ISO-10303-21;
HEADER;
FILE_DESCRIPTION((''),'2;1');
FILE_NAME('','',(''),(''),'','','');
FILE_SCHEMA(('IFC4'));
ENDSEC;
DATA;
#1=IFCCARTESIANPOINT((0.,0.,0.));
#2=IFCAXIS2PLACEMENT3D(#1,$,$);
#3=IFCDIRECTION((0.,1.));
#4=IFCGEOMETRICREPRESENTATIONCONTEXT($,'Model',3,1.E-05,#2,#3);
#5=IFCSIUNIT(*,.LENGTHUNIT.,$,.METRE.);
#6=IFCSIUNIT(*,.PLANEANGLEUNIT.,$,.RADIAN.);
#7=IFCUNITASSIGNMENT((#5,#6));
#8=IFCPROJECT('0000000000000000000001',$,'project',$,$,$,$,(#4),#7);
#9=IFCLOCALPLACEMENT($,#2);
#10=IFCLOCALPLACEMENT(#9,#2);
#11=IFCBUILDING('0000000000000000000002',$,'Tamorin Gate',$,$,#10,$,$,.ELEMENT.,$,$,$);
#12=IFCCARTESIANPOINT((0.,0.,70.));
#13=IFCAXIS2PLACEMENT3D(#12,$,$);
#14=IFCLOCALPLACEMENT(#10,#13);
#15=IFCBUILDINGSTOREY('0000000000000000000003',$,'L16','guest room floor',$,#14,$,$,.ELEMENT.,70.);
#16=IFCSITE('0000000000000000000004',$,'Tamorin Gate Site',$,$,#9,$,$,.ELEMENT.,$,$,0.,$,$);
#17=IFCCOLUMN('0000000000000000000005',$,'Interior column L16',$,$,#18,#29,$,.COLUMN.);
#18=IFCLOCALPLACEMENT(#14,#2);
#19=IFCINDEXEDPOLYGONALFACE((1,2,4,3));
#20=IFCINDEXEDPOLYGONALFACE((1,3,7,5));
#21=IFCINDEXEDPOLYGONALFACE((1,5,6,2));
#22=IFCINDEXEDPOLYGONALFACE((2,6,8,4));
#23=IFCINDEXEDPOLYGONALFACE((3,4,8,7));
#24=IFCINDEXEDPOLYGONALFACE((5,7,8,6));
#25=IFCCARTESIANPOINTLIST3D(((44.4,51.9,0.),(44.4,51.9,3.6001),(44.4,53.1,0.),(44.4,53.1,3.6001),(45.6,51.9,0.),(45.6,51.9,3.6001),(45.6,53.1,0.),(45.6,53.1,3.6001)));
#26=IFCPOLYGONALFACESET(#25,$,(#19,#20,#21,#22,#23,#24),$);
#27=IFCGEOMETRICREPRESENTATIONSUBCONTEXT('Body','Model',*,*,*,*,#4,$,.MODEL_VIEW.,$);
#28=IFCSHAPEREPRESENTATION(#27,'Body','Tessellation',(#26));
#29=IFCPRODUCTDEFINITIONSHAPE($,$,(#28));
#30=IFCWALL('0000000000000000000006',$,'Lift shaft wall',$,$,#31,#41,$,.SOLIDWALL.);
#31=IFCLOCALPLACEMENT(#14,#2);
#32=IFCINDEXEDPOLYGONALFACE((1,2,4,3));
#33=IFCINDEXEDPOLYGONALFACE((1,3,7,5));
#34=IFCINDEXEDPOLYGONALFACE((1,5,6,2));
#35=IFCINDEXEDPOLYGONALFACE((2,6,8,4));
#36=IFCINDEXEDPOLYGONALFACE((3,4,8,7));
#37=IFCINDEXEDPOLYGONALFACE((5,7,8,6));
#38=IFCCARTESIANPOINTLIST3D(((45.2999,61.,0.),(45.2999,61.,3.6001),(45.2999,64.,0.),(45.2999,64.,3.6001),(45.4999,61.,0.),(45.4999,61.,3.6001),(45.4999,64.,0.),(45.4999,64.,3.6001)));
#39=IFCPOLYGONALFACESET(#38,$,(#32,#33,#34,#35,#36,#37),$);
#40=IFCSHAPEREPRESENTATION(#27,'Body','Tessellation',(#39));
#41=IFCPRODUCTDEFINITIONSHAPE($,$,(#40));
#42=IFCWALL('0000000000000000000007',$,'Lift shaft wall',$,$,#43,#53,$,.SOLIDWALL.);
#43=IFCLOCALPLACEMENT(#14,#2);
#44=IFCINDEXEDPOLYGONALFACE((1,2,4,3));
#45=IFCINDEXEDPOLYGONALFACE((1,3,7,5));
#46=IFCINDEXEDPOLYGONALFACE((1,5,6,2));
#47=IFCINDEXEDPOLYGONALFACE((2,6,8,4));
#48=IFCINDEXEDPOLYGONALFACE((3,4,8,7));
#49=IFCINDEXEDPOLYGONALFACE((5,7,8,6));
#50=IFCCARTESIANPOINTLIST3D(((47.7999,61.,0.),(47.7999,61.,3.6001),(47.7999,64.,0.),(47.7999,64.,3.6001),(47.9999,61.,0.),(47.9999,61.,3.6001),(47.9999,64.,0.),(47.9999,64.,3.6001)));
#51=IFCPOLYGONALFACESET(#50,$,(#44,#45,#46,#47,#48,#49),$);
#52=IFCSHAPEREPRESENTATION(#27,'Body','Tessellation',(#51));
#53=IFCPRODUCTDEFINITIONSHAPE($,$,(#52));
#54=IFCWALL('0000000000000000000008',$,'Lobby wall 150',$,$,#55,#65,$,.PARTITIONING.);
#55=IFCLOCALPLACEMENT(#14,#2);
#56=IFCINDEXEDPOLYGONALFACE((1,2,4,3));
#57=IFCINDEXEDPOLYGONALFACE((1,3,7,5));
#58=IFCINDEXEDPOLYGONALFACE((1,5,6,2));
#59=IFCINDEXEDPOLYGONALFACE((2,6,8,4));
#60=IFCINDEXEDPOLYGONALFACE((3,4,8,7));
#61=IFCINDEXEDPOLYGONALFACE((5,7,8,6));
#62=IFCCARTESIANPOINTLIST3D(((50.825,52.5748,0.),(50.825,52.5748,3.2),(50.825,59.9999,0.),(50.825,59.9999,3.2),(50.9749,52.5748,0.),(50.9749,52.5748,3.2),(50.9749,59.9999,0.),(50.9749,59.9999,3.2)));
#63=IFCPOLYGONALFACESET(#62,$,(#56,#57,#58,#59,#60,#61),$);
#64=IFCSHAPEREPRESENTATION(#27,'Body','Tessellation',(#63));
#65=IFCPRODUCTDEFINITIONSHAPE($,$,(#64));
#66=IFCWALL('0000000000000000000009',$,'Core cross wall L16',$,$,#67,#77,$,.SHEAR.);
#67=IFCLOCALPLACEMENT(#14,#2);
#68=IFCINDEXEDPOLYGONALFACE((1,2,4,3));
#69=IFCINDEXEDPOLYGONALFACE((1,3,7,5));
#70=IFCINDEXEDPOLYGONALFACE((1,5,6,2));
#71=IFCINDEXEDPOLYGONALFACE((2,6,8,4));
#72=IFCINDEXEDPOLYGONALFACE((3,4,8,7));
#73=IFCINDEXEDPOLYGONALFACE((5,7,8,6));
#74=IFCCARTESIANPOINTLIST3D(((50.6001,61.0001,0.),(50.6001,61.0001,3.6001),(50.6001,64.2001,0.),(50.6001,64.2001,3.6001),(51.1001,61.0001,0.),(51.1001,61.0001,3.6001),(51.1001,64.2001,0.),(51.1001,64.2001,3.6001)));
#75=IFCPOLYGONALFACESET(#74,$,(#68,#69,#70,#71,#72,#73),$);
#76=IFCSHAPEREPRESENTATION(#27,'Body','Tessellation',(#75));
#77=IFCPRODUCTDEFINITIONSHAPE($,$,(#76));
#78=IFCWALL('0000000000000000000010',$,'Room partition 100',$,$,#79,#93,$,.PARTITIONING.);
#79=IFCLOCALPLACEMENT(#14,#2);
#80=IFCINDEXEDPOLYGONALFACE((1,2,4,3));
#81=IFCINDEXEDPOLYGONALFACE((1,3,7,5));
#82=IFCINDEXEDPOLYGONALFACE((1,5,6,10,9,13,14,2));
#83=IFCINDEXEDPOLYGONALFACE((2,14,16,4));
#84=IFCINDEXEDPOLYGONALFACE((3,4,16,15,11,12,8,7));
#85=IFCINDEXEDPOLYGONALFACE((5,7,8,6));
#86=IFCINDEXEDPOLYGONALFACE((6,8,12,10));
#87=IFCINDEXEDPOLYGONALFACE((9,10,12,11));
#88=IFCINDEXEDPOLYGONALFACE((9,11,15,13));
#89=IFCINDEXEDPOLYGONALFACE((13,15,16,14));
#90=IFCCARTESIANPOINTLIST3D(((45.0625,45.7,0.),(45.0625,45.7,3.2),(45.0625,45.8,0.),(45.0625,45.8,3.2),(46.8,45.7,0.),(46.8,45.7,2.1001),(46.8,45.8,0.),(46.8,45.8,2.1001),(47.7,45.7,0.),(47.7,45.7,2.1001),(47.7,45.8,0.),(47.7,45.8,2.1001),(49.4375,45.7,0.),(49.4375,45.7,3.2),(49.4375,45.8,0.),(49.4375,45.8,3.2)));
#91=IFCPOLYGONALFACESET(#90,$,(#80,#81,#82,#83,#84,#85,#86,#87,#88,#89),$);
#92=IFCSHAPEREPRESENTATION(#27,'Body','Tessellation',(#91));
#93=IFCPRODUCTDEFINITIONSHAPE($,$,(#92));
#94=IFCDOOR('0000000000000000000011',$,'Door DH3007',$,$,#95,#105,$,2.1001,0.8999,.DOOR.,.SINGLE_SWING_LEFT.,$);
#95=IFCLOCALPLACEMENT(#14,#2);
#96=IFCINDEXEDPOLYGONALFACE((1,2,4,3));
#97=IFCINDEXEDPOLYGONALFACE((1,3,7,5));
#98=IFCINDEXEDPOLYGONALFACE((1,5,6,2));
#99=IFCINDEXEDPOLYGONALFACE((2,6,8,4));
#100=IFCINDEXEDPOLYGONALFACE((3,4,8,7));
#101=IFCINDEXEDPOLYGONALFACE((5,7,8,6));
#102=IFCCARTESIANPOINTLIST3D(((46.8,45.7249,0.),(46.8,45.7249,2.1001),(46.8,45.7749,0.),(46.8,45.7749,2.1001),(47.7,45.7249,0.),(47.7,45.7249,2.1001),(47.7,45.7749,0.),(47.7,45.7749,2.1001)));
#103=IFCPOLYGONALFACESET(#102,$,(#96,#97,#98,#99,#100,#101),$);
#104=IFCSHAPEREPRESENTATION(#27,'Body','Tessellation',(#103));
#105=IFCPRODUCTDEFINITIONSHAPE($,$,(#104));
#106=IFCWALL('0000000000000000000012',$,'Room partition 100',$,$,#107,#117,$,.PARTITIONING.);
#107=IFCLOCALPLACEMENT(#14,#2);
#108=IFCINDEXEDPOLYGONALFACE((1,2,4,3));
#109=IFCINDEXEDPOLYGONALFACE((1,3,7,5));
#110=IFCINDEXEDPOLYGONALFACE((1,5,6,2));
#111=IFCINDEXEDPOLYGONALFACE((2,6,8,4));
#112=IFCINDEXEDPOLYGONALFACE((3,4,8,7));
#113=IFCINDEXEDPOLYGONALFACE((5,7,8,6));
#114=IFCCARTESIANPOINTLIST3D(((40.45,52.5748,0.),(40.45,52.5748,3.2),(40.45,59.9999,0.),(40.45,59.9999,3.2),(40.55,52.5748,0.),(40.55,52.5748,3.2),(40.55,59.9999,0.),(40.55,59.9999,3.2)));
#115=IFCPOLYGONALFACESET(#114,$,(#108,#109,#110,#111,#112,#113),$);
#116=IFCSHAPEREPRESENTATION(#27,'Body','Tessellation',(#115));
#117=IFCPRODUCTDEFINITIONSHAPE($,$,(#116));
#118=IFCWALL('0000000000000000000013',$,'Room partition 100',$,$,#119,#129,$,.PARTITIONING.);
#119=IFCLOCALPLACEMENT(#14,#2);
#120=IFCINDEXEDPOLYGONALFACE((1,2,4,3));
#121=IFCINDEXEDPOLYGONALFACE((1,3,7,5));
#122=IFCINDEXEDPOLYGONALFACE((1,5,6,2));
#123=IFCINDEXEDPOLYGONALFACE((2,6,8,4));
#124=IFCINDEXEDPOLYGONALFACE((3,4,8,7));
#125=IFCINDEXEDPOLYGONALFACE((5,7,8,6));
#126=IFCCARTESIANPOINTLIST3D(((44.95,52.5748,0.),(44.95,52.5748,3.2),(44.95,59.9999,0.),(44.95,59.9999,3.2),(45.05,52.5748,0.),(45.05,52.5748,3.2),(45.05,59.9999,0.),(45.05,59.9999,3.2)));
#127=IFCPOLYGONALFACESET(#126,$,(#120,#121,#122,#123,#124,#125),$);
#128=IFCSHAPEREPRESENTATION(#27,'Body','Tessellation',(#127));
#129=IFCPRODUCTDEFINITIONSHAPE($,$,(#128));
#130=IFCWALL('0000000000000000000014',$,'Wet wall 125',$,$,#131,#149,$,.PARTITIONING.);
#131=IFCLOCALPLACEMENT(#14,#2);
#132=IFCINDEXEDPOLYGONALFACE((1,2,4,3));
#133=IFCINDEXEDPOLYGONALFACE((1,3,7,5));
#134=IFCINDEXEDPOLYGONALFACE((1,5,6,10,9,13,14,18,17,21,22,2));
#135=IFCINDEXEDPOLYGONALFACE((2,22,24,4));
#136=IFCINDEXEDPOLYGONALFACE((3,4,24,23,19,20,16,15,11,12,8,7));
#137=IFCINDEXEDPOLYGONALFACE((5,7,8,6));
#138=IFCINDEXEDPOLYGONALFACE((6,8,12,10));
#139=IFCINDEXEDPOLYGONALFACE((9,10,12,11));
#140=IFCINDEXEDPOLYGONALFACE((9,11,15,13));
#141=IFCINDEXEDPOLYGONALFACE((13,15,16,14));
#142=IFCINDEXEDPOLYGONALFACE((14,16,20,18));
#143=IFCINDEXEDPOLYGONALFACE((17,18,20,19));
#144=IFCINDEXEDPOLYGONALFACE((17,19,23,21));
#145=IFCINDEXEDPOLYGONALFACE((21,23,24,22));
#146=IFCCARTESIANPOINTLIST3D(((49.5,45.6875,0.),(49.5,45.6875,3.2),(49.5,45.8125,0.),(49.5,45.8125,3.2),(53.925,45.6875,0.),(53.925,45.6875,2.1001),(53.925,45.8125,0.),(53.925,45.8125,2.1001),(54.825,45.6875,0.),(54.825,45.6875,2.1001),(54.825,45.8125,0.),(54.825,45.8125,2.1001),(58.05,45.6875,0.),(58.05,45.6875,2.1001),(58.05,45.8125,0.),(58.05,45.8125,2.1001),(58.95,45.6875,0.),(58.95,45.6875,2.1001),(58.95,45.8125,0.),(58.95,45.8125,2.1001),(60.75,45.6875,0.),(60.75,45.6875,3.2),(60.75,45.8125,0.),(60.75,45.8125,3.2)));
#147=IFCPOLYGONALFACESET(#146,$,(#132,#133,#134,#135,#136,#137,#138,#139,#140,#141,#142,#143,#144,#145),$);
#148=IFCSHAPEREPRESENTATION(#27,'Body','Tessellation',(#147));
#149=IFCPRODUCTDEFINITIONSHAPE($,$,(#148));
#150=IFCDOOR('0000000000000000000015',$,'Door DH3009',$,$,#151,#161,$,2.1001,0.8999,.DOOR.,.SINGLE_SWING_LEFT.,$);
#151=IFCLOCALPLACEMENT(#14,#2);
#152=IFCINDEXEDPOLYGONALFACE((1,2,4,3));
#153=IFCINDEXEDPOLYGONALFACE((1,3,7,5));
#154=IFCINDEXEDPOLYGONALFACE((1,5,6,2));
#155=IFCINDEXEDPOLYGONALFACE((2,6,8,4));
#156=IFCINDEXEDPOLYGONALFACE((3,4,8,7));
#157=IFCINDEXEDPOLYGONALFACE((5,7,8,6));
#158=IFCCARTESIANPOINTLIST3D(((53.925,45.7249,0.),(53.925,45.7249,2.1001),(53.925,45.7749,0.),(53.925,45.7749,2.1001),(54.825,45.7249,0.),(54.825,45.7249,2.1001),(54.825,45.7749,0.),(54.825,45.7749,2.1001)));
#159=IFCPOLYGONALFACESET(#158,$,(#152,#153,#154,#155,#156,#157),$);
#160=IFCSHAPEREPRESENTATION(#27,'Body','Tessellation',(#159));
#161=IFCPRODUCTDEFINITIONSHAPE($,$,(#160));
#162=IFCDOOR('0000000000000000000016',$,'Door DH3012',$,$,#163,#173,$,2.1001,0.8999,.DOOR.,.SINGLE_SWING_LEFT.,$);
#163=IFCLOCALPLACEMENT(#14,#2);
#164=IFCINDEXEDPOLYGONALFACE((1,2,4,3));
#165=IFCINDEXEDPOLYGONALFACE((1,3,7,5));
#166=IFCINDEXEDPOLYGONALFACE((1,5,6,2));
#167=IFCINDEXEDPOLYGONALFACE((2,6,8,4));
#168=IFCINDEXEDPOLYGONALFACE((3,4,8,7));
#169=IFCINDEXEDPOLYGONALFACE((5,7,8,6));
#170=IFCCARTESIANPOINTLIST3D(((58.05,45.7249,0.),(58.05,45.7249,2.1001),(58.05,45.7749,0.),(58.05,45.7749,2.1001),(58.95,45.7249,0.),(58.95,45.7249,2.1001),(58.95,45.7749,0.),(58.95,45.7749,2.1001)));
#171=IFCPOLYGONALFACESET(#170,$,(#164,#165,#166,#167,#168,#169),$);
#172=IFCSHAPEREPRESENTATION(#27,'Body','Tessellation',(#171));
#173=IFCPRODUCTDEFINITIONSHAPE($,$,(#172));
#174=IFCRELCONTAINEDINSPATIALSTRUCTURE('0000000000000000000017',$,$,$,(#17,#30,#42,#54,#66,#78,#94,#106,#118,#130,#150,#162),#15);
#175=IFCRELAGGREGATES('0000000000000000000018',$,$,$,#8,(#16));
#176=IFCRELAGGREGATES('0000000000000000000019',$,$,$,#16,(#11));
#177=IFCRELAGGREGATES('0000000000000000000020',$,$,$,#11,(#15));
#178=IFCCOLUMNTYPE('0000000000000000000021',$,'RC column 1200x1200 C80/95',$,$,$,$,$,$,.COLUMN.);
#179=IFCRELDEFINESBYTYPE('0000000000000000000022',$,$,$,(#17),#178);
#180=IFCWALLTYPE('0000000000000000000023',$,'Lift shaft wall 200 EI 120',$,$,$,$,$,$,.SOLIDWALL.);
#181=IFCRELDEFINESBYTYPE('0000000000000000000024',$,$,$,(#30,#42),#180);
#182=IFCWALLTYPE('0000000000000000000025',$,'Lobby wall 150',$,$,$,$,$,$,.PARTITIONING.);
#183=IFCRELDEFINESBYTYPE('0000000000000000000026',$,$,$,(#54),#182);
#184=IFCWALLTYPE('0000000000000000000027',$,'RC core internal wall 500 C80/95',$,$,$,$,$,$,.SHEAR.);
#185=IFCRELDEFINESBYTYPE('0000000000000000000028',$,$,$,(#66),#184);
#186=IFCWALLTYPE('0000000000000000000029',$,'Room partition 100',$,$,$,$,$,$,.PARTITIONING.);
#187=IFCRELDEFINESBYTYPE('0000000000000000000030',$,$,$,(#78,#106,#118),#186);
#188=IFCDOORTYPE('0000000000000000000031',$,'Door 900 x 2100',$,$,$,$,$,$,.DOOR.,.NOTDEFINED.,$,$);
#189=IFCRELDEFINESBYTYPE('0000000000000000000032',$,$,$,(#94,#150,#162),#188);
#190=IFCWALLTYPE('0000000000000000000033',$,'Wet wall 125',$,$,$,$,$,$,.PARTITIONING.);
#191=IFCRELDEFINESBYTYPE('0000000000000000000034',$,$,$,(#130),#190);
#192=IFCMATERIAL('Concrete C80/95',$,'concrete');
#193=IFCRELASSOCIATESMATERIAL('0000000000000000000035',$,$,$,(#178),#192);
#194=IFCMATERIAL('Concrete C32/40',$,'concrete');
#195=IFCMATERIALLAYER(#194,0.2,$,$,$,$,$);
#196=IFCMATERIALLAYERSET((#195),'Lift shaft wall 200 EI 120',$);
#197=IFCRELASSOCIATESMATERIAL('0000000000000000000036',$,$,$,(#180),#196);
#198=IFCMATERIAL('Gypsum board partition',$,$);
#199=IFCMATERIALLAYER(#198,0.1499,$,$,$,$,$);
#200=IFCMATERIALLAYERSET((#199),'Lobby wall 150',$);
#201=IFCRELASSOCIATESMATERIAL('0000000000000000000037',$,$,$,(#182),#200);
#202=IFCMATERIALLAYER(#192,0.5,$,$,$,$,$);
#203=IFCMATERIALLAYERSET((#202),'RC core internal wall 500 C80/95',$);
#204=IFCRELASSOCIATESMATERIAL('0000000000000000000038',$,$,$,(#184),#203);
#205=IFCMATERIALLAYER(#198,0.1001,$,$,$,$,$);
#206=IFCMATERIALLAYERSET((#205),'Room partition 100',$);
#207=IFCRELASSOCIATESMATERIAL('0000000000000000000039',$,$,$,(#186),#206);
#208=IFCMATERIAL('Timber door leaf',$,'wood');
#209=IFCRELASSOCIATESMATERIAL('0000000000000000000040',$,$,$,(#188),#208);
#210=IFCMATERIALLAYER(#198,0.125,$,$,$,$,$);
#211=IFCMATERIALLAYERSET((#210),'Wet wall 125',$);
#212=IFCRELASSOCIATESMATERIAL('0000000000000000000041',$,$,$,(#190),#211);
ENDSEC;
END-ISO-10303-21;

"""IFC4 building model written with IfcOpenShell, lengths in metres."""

from ifc_helpers import new_model, si_unit, direction, frame, frame_2d, origin, origin_2d, place, context, subcontext, project, spatial, rectangle, extrude, material, layer, layer_set, material_profile, profile_set, type_object, element, fill, save


model = new_model("IFC4")

# Units and contexts
model_context = context("Model", 3, precision=1e-05, world=origin(), true_north=direction((0.0, 1.0)))
body_context = subcontext(model_context, "Body", "Model", "MODEL_VIEW")
ifc_project = project(units=[si_unit("LENGTHUNIT", "METRE"), si_unit("PLANEANGLEUNIT", "RADIAN")], contexts=[model_context])

# Site, building, storey
site_placement = place(None, origin())
site = spatial("IfcSite", under=ifc_project, at=site_placement, Name="Tamorin Gate Site", CompositionType="ELEMENT", RefElevation=0.0)
building_placement = place(site_placement, origin())
building = spatial("IfcBuilding", under=site, at=building_placement, Name="Tamorin Gate", CompositionType="ELEMENT")
storey_placement = place(building_placement, frame((0.0, 0.0, 70.0)))
storey = spatial("IfcBuildingStorey", under=building, at=storey_placement, Name="L16", Description="guest room floor", CompositionType="ELEMENT", Elevation=70.0)

# Column
ifc_material_1 = material(Name="Concrete C80/95", Category="concrete")
ifc_material_profile = material_profile(ifc_material_1, rectangle(XDim=1.2, YDim=1.2, at=origin_2d()), Name="RC 1200x1200")
ifc_profile_set = profile_set([ifc_material_profile], Name="Concrete C80/95")
column_type = type_object("IfcColumnType", Name="RC column 1200x1200 C80/95", PredefinedType="COLUMN", material=ifc_profile_set)
column_placement = place(storey_placement, frame((45.0, 52.5, 0.0), z_axis=(0.0, 0.0, 1.0), x_axis=(1.0, 0.0, 0.0)))
element("IfcColumn", 1, at=column_placement, inside=storey, type_object=column_type, Name="Interior column L16", PredefinedType="COLUMN", context=body_context, shape_type="SweptSolid", body=[
    extrude(rectangle(XDim=1.2, YDim=1.2, at=origin_2d()), origin(), (0.0, 0.0, 1.0), 3.6001),
])

# Walls
ifc_material_2 = material(Name="Concrete C32/40", Category="concrete")
ifc_layer_1 = layer(ifc_material_2, 0.2)
ifc_layer_set_1 = layer_set([ifc_layer_1], Name="Lift shaft wall 200 EI 120")
wall_type_1 = type_object("IfcWallType", Name="Lift shaft wall 200 EI 120", PredefinedType="SOLIDWALL", material=ifc_layer_set_1)
for number, where, z_axis, x_axis, name in (
    (2, (45.3999, 61.0, 0.0), (0.0, 0.0, 1.0), (0.0, 1.0, 0.0), "Lift shaft wall"),
    (3, (47.8999, 61.0, 0.0), (0.0, 0.0, 1.0), (0.0, 1.0, 0.0), "Lift shaft wall"),
):
    element("IfcWall", number, at=place(storey_placement, frame(where, z_axis=z_axis, x_axis=x_axis)), inside=storey, type_object=wall_type_1, Name=name, PredefinedType="SOLIDWALL", context=body_context, shape_type="SweptSolid", body=[
        extrude(rectangle(XDim=3.0, YDim=0.2, at=frame_2d((1.5, 0.0))), origin(), (0.0, 0.0, 1.0), 3.6001),
    ])
ifc_material_3 = material(Name="Gypsum board partition")
ifc_layer_2 = layer(ifc_material_3, 0.1499)
ifc_layer_set_2 = layer_set([ifc_layer_2], Name="Lobby wall 150")
wall_type_2 = type_object("IfcWallType", Name="Lobby wall 150", PredefinedType="PARTITIONING", material=ifc_layer_set_2)
wall_1_placement = place(storey_placement, frame((50.8999, 52.575, 0.0), z_axis=(0.0, 0.0, 1.0), x_axis=(0.0, 1.0, 0.0)))
element("IfcWall", 4, at=wall_1_placement, inside=storey, type_object=wall_type_2, Name="Lobby wall 150", PredefinedType="PARTITIONING", context=body_context, shape_type="SweptSolid", body=[
    extrude(rectangle(XDim=7.425, YDim=0.1499, at=frame_2d((3.7124, 0.0))), origin(), (0.0, 0.0, 1.0), 3.2),
])
ifc_layer_3 = layer(ifc_material_1, 0.5)
ifc_layer_set_3 = layer_set([ifc_layer_3], Name="RC core internal wall 500 C80/95")
wall_type_3 = type_object("IfcWallType", Name="RC core internal wall 500 C80/95", PredefinedType="SHEAR", material=ifc_layer_set_3)
wall_2_placement = place(storey_placement, frame((50.8501, 61.0, 0.0), z_axis=(0.0, 0.0, 1.0), x_axis=(0.0, 1.0, 0.0)))
element("IfcWall", 5, at=wall_2_placement, inside=storey, type_object=wall_type_3, Name="Core cross wall L16", PredefinedType="SHEAR", context=body_context, shape_type="SweptSolid", body=[
    extrude(rectangle(XDim=3.2, YDim=0.5, at=frame_2d((1.6001, 0.0))), origin(), (0.0, 0.0, 1.0), 3.6001),
])

# Wall, opening, door
ifc_layer_4 = layer(ifc_material_3, 0.1001)
ifc_layer_set_4 = layer_set([ifc_layer_4], Name="Room partition 100")
wall_type_4 = type_object("IfcWallType", Name="Room partition 100", PredefinedType="PARTITIONING", material=ifc_layer_set_4)
wall_3_placement = place(storey_placement, frame((45.0625, 45.75, 0.0), z_axis=(0.0, 0.0, 1.0), x_axis=(1.0, 0.0, 0.0)))
wall_3 = element("IfcWall", 6, at=wall_3_placement, inside=storey, type_object=wall_type_4, Name="Room partition 100", PredefinedType="PARTITIONING", context=body_context, shape_type="SweptSolid", body=[
    extrude(rectangle(XDim=4.375, YDim=0.1001, at=frame_2d((2.1875, 0.0))), origin(), (0.0, 0.0, 1.0), 3.2),
])
opening_1_placement = place(wall_3_placement, frame((1.7375, 0.0, 0.0)))
opening_1 = element("IfcOpeningElement", 7, at=opening_1_placement, cuts=wall_3, PredefinedType="OPENING", context=body_context, shape_type="SweptSolid", body=[
    extrude(rectangle(XDim=0.8999, YDim=2.1001, at=frame_2d((0.45, 1.05))), frame((0.0, 0.0601, 0.0), z_axis=(0.0, -1.0, 0.0), x_axis=(1.0, 0.0, 0.0)), (0.0, 0.0, 1.0), 0.1201),
])
ifc_material_4 = material(Name="Timber door leaf", Category="wood")
door_type = type_object("IfcDoorType", Name="Door 900 x 2100", OperationType="NOTDEFINED", PredefinedType="DOOR", material=ifc_material_4)
door_1_placement = place(opening_1_placement, origin())
door_1 = element("IfcDoor", 8, at=door_1_placement, inside=storey, type_object=door_type, Name="Door DH3007", OperationType="SINGLE_SWING_LEFT", OverallHeight=2.1001, OverallWidth=0.8999, PredefinedType="DOOR", context=body_context, shape_type="SweptSolid", body=[
    extrude(rectangle(XDim=0.8999, YDim=2.1001, at=frame_2d((0.45, 1.05))), frame((0.0, 0.0249, 0.0), z_axis=(0.0, -1.0, 0.0), x_axis=(1.0, 0.0, 0.0)), (0.0, 0.0, 1.0), 0.05),
])
fill(opening_1, door_1)

# Walls
for number, where, z_axis, x_axis, name in (
    (9, (40.5, 52.575, 0.0), (0.0, 0.0, 1.0), (0.0, 1.0, 0.0), "Room partition 100"),
    (10, (45.0, 52.575, 0.0), (0.0, 0.0, 1.0), (0.0, 1.0, 0.0), "Room partition 100"),
):
    element("IfcWall", number, at=place(storey_placement, frame(where, z_axis=z_axis, x_axis=x_axis)), inside=storey, type_object=wall_type_4, Name=name, PredefinedType="PARTITIONING", context=body_context, shape_type="SweptSolid", body=[
        extrude(rectangle(XDim=7.425, YDim=0.1001, at=frame_2d((3.7124, 0.0))), origin(), (0.0, 0.0, 1.0), 3.2),
    ])

# Wall, openings, doors
ifc_layer_5 = layer(ifc_material_3, 0.125)
ifc_layer_set_5 = layer_set([ifc_layer_5], Name="Wet wall 125")
wall_type_5 = type_object("IfcWallType", Name="Wet wall 125", PredefinedType="PARTITIONING", material=ifc_layer_set_5)
wall_4_placement = place(storey_placement, frame((49.5, 45.75, 0.0), z_axis=(0.0, 0.0, 1.0), x_axis=(1.0, 0.0, 0.0)))
wall_4 = element("IfcWall", 11, at=wall_4_placement, inside=storey, type_object=wall_type_5, Name="Wet wall 125", PredefinedType="PARTITIONING", context=body_context, shape_type="SweptSolid", body=[
    extrude(rectangle(XDim=11.25, YDim=0.125, at=frame_2d((5.625, 0.0))), origin(), (0.0, 0.0, 1.0), 3.2),
])
opening_2_placement = place(wall_4_placement, frame((4.425, 0.0, 0.0)))
opening_2 = element("IfcOpeningElement", 12, at=opening_2_placement, cuts=wall_4, PredefinedType="OPENING", context=body_context, shape_type="SweptSolid", body=[
    extrude(rectangle(XDim=0.8999, YDim=2.1001, at=frame_2d((0.45, 1.05))), frame((0.0, 0.0725, 0.0), z_axis=(0.0, -1.0, 0.0), x_axis=(1.0, 0.0, 0.0)), (0.0, 0.0, 1.0), 0.145),
])
opening_3_placement = place(wall_4_placement, frame((8.55, 0.0, 0.0)))
opening_3 = element("IfcOpeningElement", 13, at=opening_3_placement, cuts=wall_4, PredefinedType="OPENING", context=body_context, shape_type="SweptSolid", body=[
    extrude(rectangle(XDim=0.8999, YDim=2.1001, at=frame_2d((0.45, 1.05))), frame((0.0, 0.0725, 0.0), z_axis=(0.0, -1.0, 0.0), x_axis=(1.0, 0.0, 0.0)), (0.0, 0.0, 1.0), 0.145),
])
door_2_placement = place(opening_2_placement, origin())
door_2 = element("IfcDoor", 14, at=door_2_placement, inside=storey, type_object=door_type, Name="Door DH3009", OperationType="SINGLE_SWING_LEFT", OverallHeight=2.1001, OverallWidth=0.8999, PredefinedType="DOOR", context=body_context, shape_type="SweptSolid", body=[
    extrude(rectangle(XDim=0.8999, YDim=2.1001, at=frame_2d((0.45, 1.05))), frame((0.0, 0.0249, 0.0), z_axis=(0.0, -1.0, 0.0), x_axis=(1.0, 0.0, 0.0)), (0.0, 0.0, 1.0), 0.05),
])
fill(opening_2, door_2)
door_3_placement = place(opening_3_placement, origin())
door_3 = element("IfcDoor", 15, at=door_3_placement, inside=storey, type_object=door_type, Name="Door DH3012", OperationType="SINGLE_SWING_LEFT", OverallHeight=2.1001, OverallWidth=0.8999, PredefinedType="DOOR", context=body_context, shape_type="SweptSolid", body=[
    extrude(rectangle(XDim=0.8999, YDim=2.1001, at=frame_2d((0.45, 1.05))), frame((0.0, 0.0249, 0.0), z_axis=(0.0, -1.0, 0.0), x_axis=(1.0, 0.0, 0.0)), (0.0, 0.0, 1.0), 0.05),
])
fill(opening_3, door_3)

save(model, "model.ifc")
